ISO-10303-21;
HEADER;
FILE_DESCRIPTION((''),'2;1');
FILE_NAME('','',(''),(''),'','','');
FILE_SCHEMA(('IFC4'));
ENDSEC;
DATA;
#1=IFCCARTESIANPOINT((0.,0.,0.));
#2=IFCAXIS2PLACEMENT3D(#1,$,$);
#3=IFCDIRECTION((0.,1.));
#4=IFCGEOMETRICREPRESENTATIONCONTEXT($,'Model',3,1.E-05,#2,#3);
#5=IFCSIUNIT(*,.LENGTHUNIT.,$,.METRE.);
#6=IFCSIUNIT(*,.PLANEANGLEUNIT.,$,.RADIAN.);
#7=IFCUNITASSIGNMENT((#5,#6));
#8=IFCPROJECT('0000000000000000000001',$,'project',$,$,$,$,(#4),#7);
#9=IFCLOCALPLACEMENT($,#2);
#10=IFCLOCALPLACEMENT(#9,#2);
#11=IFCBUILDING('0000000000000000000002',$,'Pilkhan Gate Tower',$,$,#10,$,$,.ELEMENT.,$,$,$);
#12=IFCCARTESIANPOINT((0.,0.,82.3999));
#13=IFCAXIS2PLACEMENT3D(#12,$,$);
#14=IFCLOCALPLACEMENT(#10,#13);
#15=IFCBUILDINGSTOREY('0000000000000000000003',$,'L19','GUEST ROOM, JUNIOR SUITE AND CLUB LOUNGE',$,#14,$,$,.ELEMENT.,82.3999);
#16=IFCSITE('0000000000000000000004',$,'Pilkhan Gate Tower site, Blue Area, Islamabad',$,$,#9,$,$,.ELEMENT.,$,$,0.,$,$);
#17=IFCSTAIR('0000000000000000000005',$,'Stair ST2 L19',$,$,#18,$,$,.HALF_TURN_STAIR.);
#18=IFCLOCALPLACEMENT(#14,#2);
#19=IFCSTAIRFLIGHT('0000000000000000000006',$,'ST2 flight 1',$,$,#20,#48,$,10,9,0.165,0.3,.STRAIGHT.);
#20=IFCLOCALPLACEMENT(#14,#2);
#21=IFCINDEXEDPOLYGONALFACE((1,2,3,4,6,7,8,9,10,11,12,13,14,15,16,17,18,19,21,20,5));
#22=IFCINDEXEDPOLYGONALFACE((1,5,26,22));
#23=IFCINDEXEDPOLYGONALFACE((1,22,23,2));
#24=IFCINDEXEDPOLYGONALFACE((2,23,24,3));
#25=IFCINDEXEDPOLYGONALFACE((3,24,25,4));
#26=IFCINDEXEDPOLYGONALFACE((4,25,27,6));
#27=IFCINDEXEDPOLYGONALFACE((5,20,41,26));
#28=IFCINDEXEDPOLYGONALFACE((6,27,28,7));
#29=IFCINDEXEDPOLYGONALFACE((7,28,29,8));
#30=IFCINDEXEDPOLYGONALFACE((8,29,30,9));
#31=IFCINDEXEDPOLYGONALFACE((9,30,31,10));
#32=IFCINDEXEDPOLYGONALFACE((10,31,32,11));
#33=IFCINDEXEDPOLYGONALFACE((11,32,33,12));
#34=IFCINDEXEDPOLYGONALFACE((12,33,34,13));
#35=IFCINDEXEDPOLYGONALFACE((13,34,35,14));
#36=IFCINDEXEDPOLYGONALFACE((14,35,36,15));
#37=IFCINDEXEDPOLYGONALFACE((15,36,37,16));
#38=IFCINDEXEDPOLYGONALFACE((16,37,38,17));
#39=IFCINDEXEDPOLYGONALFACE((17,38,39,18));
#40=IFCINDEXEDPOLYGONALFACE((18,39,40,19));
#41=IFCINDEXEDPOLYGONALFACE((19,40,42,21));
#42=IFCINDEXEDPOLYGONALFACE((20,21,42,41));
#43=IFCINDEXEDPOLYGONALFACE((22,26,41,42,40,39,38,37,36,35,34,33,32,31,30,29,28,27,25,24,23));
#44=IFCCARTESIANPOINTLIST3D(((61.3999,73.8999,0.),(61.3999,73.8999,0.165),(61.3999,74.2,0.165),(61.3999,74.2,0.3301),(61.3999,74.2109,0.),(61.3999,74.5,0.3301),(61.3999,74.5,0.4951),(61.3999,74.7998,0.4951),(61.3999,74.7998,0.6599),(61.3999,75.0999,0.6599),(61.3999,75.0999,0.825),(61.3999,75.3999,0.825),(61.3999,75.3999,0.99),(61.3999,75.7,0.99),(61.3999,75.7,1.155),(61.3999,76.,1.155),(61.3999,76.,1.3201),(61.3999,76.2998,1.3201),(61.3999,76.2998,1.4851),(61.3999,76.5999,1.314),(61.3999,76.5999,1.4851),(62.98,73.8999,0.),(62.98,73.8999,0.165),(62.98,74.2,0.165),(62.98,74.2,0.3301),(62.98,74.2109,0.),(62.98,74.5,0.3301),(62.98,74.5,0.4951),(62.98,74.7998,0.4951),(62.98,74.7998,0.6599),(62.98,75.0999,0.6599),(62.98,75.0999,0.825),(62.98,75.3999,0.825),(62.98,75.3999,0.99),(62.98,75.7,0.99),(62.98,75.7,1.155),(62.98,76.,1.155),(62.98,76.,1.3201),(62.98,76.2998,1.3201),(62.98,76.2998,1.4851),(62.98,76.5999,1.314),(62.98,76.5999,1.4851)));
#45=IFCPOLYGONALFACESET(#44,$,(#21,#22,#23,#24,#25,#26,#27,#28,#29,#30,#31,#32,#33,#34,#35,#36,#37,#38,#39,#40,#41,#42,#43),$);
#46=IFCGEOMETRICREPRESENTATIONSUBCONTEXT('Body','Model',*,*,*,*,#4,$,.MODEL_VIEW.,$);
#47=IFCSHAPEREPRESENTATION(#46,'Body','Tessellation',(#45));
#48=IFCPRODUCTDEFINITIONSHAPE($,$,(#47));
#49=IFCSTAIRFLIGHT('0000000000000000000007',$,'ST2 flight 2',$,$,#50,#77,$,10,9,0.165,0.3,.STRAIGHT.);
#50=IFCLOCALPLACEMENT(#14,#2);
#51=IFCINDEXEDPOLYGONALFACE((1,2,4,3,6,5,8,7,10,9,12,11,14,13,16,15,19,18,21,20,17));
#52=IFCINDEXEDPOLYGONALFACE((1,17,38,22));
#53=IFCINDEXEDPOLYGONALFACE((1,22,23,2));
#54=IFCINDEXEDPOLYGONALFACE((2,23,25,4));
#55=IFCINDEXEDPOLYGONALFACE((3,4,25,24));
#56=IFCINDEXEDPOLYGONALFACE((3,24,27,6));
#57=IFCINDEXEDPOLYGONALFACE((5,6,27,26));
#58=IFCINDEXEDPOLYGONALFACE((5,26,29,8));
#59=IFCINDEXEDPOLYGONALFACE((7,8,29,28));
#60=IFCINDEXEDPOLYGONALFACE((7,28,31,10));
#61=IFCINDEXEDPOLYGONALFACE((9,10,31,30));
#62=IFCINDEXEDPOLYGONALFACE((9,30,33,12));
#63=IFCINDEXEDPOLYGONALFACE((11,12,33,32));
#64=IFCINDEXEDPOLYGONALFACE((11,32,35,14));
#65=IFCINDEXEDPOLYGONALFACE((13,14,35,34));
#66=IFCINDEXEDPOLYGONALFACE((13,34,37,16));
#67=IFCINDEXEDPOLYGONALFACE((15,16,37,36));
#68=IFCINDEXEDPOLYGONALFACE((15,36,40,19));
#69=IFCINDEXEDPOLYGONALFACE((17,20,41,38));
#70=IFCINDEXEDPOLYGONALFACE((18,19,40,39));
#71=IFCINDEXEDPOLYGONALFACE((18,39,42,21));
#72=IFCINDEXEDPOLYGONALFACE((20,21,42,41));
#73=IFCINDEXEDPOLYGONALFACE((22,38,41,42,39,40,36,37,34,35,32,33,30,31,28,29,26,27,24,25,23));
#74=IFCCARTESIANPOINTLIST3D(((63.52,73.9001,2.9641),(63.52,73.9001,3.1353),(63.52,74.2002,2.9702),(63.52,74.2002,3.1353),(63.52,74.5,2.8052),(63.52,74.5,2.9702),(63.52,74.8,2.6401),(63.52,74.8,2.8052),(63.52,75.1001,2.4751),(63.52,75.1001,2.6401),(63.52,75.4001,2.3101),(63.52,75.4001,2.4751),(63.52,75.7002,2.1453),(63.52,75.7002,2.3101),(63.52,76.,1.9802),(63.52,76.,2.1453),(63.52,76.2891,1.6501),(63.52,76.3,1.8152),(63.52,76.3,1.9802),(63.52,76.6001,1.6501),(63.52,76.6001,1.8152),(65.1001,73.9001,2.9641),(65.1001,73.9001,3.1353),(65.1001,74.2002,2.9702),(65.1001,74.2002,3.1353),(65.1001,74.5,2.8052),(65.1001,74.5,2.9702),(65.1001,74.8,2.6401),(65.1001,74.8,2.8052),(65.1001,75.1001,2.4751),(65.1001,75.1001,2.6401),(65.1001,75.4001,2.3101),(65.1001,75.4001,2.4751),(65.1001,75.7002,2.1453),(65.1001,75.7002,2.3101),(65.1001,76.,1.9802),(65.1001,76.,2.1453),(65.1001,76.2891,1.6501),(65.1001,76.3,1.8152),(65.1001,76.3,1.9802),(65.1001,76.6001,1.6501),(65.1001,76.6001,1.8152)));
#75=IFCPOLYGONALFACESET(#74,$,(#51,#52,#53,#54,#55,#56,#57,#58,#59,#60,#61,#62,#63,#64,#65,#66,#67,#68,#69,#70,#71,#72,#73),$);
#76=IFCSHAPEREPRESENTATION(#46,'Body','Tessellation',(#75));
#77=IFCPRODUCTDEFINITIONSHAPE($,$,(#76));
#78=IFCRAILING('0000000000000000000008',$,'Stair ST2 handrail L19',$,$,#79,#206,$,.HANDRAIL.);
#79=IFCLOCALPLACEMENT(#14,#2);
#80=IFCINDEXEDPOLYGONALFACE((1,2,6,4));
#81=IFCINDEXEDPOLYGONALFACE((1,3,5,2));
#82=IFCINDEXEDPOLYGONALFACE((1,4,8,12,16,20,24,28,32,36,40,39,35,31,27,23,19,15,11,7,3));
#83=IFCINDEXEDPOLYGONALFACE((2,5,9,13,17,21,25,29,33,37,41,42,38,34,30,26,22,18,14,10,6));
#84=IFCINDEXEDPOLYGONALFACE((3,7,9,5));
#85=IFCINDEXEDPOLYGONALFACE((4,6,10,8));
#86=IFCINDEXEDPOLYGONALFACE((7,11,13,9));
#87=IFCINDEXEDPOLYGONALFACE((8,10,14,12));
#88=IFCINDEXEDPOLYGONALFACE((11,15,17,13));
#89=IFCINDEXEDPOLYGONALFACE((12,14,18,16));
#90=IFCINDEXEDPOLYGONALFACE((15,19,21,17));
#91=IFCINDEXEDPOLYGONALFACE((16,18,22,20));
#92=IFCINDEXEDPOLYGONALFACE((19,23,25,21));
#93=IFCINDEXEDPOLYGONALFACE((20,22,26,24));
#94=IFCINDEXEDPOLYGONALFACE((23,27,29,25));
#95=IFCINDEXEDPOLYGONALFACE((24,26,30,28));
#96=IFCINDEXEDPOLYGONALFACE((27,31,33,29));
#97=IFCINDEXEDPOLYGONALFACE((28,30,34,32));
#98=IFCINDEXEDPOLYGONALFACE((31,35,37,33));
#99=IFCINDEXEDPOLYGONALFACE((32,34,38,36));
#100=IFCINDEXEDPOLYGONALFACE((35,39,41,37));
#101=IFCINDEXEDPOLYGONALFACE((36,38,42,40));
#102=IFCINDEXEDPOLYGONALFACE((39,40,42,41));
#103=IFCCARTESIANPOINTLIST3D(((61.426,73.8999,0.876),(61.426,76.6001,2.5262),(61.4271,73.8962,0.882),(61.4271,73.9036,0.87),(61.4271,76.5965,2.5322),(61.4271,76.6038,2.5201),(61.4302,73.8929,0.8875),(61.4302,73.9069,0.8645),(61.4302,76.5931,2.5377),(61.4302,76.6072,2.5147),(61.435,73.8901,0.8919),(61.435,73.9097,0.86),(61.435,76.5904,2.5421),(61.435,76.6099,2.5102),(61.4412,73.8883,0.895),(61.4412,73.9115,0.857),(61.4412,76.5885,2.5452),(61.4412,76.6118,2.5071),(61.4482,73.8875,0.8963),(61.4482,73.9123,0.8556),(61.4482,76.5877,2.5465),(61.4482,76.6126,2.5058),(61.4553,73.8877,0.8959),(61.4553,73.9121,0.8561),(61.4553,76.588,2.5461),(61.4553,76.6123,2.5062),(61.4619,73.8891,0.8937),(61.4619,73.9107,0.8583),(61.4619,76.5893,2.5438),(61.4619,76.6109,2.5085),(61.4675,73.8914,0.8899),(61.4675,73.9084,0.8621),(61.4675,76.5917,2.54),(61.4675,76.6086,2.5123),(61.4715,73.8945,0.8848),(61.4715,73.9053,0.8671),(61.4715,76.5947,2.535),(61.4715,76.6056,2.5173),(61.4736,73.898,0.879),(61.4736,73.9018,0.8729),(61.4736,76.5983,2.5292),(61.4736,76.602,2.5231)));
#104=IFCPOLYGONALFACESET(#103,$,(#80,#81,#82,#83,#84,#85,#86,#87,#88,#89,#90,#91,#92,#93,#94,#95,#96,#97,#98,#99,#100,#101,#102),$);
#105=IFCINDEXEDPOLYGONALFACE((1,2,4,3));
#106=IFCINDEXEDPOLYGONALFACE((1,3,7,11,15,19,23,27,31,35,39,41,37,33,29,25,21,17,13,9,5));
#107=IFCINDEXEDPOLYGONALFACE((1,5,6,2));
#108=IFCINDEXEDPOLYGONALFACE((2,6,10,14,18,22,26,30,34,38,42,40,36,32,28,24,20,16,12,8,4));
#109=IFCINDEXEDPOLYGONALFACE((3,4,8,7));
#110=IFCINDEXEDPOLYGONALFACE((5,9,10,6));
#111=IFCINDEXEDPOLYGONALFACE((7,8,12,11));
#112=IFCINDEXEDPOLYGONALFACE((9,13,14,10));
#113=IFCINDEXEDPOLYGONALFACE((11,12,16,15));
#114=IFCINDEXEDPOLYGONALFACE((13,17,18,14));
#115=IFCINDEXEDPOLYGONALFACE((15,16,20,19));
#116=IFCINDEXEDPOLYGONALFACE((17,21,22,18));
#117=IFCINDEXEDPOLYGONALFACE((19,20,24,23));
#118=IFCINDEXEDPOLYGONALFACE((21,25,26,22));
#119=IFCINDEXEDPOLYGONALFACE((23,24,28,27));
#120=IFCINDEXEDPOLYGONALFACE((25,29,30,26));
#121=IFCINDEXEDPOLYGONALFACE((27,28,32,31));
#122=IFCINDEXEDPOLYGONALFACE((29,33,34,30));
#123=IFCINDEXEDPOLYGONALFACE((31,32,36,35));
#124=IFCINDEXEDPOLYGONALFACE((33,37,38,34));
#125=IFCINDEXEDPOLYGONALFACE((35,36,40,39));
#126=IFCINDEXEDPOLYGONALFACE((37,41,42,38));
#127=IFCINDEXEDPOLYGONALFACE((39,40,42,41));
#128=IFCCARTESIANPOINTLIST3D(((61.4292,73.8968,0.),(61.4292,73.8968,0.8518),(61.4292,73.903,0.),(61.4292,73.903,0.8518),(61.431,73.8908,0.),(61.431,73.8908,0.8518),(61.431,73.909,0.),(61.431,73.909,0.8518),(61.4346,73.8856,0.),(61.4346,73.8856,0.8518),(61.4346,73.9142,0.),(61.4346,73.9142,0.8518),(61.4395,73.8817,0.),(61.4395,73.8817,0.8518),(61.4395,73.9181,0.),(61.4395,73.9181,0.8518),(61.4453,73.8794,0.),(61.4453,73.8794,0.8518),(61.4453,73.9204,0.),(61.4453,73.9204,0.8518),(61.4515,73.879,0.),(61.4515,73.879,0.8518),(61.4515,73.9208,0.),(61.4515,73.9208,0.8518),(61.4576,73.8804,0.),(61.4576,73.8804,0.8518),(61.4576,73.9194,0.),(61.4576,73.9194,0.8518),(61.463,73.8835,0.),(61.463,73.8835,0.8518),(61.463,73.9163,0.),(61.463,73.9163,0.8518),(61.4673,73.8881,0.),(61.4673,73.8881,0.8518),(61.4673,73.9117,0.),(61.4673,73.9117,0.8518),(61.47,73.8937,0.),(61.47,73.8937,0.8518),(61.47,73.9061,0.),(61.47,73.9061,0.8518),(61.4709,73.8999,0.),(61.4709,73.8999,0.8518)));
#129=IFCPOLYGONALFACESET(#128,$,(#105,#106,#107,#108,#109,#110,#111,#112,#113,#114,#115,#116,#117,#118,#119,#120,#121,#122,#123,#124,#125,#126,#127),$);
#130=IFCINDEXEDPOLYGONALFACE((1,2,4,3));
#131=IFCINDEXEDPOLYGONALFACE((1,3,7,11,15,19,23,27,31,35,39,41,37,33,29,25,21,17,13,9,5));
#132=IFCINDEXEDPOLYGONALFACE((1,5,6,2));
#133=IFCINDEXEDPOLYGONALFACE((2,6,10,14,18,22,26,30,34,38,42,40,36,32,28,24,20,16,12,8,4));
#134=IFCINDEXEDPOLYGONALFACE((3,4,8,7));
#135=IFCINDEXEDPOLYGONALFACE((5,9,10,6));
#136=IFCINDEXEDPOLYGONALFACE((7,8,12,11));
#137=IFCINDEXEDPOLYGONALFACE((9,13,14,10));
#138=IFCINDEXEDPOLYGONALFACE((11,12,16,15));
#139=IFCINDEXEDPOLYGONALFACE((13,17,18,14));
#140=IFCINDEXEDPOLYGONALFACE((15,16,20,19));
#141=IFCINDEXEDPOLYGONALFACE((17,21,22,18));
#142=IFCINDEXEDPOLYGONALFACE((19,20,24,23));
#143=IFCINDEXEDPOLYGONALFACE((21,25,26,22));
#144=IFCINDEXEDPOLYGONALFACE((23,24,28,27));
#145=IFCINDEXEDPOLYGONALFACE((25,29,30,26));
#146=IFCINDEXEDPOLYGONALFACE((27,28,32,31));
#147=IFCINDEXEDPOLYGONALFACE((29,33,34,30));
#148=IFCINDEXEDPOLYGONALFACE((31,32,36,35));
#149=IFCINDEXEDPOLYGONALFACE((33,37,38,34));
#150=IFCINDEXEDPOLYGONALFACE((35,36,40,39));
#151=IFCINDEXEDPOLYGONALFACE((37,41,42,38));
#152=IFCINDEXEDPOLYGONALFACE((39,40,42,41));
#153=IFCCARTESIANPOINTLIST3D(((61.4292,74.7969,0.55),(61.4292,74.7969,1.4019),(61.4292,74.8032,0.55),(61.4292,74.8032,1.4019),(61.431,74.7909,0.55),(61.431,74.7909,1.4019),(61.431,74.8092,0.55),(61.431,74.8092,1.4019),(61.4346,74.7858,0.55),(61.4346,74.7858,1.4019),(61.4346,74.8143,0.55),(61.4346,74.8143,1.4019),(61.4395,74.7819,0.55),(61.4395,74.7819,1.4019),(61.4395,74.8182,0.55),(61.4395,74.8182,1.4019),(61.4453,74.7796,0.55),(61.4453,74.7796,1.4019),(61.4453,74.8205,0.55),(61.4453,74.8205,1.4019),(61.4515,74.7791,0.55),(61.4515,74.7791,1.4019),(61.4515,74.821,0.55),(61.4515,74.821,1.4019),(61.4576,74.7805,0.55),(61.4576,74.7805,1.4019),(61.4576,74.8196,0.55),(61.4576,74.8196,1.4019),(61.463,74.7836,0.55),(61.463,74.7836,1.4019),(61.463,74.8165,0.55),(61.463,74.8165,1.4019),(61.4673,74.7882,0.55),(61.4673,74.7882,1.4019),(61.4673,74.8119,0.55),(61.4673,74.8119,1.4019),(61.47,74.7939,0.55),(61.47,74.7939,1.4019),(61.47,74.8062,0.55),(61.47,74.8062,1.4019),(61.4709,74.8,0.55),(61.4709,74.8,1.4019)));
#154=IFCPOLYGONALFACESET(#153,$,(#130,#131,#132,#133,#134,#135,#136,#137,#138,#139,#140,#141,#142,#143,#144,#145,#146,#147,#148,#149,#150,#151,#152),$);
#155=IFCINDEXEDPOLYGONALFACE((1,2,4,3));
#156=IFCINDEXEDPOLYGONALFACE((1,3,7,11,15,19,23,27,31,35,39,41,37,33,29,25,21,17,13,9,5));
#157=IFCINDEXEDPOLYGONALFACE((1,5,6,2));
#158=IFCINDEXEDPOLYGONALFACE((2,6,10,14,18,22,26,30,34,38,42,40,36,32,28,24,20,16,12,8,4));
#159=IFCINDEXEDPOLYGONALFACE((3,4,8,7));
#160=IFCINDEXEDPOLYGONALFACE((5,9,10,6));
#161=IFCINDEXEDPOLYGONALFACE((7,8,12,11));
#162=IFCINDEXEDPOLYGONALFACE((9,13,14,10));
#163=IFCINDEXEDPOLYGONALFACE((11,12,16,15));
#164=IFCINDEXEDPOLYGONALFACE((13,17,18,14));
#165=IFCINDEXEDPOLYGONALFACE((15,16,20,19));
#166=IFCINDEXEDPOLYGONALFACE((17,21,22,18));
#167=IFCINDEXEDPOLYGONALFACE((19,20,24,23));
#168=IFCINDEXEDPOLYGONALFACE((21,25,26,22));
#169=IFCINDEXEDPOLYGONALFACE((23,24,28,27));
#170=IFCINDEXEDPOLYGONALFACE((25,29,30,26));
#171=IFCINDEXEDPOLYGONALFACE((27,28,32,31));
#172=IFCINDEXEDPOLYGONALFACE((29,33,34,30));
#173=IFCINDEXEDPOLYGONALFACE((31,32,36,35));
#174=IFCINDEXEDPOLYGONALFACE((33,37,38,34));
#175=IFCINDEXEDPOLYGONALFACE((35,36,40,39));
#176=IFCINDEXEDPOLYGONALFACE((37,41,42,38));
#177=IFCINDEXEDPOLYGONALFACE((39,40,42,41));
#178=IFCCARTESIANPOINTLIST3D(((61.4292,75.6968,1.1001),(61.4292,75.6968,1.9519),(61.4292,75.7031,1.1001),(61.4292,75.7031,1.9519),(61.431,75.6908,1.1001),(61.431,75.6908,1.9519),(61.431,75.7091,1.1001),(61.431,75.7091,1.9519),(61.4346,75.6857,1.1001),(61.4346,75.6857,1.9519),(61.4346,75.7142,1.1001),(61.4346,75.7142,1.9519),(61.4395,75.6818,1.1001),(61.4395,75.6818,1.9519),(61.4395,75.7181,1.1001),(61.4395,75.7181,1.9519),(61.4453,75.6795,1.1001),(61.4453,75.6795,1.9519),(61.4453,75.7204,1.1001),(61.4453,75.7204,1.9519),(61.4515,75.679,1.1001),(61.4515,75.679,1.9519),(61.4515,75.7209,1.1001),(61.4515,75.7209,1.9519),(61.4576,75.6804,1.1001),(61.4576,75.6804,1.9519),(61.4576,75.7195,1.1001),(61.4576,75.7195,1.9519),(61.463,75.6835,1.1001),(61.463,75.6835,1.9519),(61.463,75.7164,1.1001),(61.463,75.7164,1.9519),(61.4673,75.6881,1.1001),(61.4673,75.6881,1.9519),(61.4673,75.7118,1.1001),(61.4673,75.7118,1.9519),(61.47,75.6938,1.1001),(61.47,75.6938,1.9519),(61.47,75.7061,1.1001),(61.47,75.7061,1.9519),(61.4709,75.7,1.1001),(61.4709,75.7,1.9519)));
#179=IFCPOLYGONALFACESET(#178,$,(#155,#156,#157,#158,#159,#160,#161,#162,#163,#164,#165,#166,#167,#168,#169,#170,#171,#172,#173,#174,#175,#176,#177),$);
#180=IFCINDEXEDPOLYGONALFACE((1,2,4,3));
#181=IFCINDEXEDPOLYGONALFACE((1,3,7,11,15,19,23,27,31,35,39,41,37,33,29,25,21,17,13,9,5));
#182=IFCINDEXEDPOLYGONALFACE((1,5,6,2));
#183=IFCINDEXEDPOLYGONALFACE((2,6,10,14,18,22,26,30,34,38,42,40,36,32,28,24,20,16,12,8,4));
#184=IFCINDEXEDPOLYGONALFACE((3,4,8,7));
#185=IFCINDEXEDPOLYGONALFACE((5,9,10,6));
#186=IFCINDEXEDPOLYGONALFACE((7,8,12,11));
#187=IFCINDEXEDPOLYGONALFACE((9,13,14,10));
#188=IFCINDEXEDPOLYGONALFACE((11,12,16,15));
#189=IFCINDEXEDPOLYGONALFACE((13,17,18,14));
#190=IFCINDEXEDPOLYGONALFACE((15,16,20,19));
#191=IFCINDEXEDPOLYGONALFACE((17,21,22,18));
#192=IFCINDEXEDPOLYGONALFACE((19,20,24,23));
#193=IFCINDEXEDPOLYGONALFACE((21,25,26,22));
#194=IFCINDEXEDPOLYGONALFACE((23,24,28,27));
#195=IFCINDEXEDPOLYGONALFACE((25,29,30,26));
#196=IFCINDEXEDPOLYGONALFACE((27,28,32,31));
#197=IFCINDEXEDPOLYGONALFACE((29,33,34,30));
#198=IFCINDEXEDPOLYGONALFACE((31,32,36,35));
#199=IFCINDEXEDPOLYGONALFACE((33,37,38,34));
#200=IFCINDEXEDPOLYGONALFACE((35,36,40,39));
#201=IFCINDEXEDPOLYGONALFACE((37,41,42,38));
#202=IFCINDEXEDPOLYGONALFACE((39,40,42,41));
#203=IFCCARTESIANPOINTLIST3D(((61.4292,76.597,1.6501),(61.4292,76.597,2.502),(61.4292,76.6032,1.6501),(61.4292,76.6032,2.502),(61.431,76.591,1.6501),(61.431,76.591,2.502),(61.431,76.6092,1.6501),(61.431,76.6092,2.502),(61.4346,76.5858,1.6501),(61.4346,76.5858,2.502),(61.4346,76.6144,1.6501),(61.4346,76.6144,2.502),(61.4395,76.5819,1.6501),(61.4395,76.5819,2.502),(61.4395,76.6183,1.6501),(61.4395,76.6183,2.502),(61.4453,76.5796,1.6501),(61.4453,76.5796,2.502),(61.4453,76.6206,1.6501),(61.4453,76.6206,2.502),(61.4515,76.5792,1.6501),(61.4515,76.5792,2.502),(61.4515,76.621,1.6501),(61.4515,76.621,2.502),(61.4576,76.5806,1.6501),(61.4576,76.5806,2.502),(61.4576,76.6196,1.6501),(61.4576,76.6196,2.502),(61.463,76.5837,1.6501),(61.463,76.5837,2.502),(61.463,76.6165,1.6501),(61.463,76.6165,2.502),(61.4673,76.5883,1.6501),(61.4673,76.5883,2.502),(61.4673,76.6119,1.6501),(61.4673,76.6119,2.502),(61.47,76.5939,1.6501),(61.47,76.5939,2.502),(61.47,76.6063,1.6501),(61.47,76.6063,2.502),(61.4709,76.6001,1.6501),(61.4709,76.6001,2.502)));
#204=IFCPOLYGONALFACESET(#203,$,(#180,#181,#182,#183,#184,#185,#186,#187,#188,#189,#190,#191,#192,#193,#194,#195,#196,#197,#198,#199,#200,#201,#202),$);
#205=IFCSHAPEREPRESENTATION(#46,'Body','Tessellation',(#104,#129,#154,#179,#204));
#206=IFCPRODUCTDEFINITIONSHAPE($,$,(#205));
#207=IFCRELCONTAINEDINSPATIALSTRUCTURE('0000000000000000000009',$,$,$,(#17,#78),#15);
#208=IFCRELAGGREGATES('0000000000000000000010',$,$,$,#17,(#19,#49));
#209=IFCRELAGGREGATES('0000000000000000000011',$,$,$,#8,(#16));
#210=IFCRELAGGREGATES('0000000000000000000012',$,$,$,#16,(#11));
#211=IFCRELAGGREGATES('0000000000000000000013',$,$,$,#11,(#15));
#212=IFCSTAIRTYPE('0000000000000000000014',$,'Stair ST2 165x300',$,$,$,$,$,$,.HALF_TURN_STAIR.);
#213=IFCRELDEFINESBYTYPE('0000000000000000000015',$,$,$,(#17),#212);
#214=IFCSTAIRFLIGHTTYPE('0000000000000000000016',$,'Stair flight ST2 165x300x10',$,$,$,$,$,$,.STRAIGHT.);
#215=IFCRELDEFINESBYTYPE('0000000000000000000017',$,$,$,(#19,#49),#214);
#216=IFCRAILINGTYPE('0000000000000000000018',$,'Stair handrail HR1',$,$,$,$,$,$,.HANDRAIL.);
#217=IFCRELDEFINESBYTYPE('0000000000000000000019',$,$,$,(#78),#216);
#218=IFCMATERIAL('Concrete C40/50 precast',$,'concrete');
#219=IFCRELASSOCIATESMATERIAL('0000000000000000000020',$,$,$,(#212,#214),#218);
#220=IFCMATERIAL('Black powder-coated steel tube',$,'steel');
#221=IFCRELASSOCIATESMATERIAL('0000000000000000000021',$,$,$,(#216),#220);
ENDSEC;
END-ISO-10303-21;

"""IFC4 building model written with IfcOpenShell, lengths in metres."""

from ifc_helpers import new_model, si_unit, direction, frame, origin, origin_2d, place, context, subcontext, project, spatial, polyline, circle, outline, extrude, material, type_object, element, aggregate, save


model = new_model("IFC4")

# Units and contexts
model_context = context("Model", 3, precision=1e-05, world=origin(), true_north=direction((0.0, 1.0)))
body_context = subcontext(model_context, "Body", "Model", "MODEL_VIEW")
ifc_project = project(units=[si_unit("LENGTHUNIT", "METRE"), si_unit("PLANEANGLEUNIT", "RADIAN")], contexts=[model_context])

# Site, building, storey
site_placement = place(None, origin())
site = spatial("IfcSite", under=ifc_project, at=site_placement, Name="Pilkhan Gate Tower site, Blue Area, Islamabad", CompositionType="ELEMENT", RefElevation=0.0)
building_placement = place(site_placement, origin())
building = spatial("IfcBuilding", under=site, at=building_placement, Name="Pilkhan Gate Tower", CompositionType="ELEMENT")
storey_placement = place(building_placement, frame((0.0, 0.0, 82.3999)))
storey = spatial("IfcBuildingStorey", under=building, at=storey_placement, Name="L19", Description="GUEST ROOM, JUNIOR SUITE AND CLUB LOUNGE", CompositionType="ELEMENT", Elevation=82.3999)

# Stair, stair flights
ifc_material_1 = material(Name="Concrete C40/50 precast", Category="concrete")
stair_type = type_object("IfcStairType", Name="Stair ST2 165x300", PredefinedType="HALF_TURN_STAIR", material=ifc_material_1)
stair_placement = place(storey_placement, origin())
stair = element("IfcStair", 1, at=stair_placement, inside=storey, type_object=stair_type, Name="Stair ST2 L19", PredefinedType="HALF_TURN_STAIR")
stair_flight_type = type_object("IfcStairFlightType", Name="Stair flight ST2 165x300x10", PredefinedType="STRAIGHT", material=ifc_material_1)
stair_flight_1_placement = place(storey_placement, frame((62.1899, 73.8999, 0.0), z_axis=(0.0, 0.0, 1.0), x_axis=(0.0, 1.0, 0.0)))
stair_flight_1 = element("IfcStairFlight", 2, at=stair_flight_1_placement, type_object=stair_flight_type, Name="ST2 flight 1", NumberOfRisers=10, NumberOfTreads=9, PredefinedType="STRAIGHT", RiserHeight=0.165, TreadLength=0.3, context=body_context, shape_type="SweptSolid", body=[
    extrude(outline(polyline([(0.0, 0.0), (0.0, 0.165), (0.3, 0.165), (0.3, 0.3301), (0.6001, 0.3301), (0.6001, 0.4951), (0.8999, 0.4951), (0.8999, 0.6599), (1.2, 0.6599), (1.2, 0.825), (1.5, 0.825), (1.5, 0.99), (1.8, 0.99), (1.8, 1.155), (2.1001, 1.155), (2.1001, 1.3201), (2.3999, 1.3201), (2.3999, 1.4851), (2.7, 1.4851), (2.7, 1.6499), (2.7, 1.314), (0.311, 0.0), (0.0, 0.0)])), frame((0.0, 0.79, 0.0), z_axis=(0.0, -1.0, 0.0), x_axis=(1.0, 0.0, 0.0)), (0.0, 0.0, 1.0), 1.5801),
])
stair_flight_2_placement = place(storey_placement, frame((64.3101, 76.6001, 1.6501), z_axis=(0.0, 0.0, 1.0), x_axis=(0.0, -1.0, 0.0)))
stair_flight_2 = element("IfcStairFlight", 3, at=stair_flight_2_placement, type_object=stair_flight_type, Name="ST2 flight 2", NumberOfRisers=10, NumberOfTreads=9, PredefinedType="STRAIGHT", RiserHeight=0.165, TreadLength=0.3, context=body_context, shape_type="SweptSolid", body=[
    extrude(outline(polyline([(0.0, 0.0), (0.0, 0.165), (0.3, 0.165), (0.3, 0.3301), (0.6001, 0.3301), (0.6001, 0.4951), (0.8999, 0.4951), (0.8999, 0.6599), (1.2, 0.6599), (1.2, 0.825), (1.5, 0.825), (1.5, 0.99), (1.8, 0.99), (1.8, 1.155), (2.1001, 1.155), (2.1001, 1.3201), (2.3999, 1.3201), (2.3999, 1.4851), (2.7, 1.4851), (2.7, 1.6499), (2.7, 1.314), (0.311, 0.0), (0.0, 0.0)])), frame((0.0, 0.79, 0.0), z_axis=(0.0, -1.0, 0.0), x_axis=(1.0, 0.0, 0.0)), (0.0, 0.0, 1.0), 1.5801),
])
aggregate(stair, [stair_flight_1, stair_flight_2])

# Railing
ifc_material_2 = material(Name="Black powder-coated steel tube", Category="steel")
railing_type_1 = type_object("IfcRailingType", Name="Stair handrail HR1", PredefinedType="HANDRAIL", material=ifc_material_2)
railing_1_placement = place(storey_placement, frame((61.45, 73.8999, 0.0)))
element("IfcRailing", 4, at=railing_1_placement, inside=storey, type_object=railing_type_1, Name="Stair ST2 handrail L19", PredefinedType="HANDRAIL", context=body_context, shape_type="SweptSolid", body=[
    extrude(circle(Radius=0.0239, at=origin_2d()), frame((0.0, 0.0, 0.876), z_axis=(0.0, 0.853278, 0.521456), x_axis=(-1.0, 0.0, 0.0)), (0.0, 0.0, 1.0), 3.1646),
    extrude(circle(Radius=0.021, at=origin_2d()), origin(), (0.0, 0.0, 1.0), 0.8518),
    extrude(circle(Radius=0.021, at=origin_2d()), frame((0.0, 0.9001, 0.55)), (0.0, 0.0, 1.0), 0.8518),
    extrude(circle(Radius=0.021, at=origin_2d()), frame((0.0, 1.8, 1.1001)), (0.0, 0.0, 1.0), 0.8518),
    extrude(circle(Radius=0.021, at=origin_2d()), frame((0.0, 2.7002, 1.6501)), (0.0, 0.0, 1.0), 0.8518),
])

save(model, "model.ifc")
